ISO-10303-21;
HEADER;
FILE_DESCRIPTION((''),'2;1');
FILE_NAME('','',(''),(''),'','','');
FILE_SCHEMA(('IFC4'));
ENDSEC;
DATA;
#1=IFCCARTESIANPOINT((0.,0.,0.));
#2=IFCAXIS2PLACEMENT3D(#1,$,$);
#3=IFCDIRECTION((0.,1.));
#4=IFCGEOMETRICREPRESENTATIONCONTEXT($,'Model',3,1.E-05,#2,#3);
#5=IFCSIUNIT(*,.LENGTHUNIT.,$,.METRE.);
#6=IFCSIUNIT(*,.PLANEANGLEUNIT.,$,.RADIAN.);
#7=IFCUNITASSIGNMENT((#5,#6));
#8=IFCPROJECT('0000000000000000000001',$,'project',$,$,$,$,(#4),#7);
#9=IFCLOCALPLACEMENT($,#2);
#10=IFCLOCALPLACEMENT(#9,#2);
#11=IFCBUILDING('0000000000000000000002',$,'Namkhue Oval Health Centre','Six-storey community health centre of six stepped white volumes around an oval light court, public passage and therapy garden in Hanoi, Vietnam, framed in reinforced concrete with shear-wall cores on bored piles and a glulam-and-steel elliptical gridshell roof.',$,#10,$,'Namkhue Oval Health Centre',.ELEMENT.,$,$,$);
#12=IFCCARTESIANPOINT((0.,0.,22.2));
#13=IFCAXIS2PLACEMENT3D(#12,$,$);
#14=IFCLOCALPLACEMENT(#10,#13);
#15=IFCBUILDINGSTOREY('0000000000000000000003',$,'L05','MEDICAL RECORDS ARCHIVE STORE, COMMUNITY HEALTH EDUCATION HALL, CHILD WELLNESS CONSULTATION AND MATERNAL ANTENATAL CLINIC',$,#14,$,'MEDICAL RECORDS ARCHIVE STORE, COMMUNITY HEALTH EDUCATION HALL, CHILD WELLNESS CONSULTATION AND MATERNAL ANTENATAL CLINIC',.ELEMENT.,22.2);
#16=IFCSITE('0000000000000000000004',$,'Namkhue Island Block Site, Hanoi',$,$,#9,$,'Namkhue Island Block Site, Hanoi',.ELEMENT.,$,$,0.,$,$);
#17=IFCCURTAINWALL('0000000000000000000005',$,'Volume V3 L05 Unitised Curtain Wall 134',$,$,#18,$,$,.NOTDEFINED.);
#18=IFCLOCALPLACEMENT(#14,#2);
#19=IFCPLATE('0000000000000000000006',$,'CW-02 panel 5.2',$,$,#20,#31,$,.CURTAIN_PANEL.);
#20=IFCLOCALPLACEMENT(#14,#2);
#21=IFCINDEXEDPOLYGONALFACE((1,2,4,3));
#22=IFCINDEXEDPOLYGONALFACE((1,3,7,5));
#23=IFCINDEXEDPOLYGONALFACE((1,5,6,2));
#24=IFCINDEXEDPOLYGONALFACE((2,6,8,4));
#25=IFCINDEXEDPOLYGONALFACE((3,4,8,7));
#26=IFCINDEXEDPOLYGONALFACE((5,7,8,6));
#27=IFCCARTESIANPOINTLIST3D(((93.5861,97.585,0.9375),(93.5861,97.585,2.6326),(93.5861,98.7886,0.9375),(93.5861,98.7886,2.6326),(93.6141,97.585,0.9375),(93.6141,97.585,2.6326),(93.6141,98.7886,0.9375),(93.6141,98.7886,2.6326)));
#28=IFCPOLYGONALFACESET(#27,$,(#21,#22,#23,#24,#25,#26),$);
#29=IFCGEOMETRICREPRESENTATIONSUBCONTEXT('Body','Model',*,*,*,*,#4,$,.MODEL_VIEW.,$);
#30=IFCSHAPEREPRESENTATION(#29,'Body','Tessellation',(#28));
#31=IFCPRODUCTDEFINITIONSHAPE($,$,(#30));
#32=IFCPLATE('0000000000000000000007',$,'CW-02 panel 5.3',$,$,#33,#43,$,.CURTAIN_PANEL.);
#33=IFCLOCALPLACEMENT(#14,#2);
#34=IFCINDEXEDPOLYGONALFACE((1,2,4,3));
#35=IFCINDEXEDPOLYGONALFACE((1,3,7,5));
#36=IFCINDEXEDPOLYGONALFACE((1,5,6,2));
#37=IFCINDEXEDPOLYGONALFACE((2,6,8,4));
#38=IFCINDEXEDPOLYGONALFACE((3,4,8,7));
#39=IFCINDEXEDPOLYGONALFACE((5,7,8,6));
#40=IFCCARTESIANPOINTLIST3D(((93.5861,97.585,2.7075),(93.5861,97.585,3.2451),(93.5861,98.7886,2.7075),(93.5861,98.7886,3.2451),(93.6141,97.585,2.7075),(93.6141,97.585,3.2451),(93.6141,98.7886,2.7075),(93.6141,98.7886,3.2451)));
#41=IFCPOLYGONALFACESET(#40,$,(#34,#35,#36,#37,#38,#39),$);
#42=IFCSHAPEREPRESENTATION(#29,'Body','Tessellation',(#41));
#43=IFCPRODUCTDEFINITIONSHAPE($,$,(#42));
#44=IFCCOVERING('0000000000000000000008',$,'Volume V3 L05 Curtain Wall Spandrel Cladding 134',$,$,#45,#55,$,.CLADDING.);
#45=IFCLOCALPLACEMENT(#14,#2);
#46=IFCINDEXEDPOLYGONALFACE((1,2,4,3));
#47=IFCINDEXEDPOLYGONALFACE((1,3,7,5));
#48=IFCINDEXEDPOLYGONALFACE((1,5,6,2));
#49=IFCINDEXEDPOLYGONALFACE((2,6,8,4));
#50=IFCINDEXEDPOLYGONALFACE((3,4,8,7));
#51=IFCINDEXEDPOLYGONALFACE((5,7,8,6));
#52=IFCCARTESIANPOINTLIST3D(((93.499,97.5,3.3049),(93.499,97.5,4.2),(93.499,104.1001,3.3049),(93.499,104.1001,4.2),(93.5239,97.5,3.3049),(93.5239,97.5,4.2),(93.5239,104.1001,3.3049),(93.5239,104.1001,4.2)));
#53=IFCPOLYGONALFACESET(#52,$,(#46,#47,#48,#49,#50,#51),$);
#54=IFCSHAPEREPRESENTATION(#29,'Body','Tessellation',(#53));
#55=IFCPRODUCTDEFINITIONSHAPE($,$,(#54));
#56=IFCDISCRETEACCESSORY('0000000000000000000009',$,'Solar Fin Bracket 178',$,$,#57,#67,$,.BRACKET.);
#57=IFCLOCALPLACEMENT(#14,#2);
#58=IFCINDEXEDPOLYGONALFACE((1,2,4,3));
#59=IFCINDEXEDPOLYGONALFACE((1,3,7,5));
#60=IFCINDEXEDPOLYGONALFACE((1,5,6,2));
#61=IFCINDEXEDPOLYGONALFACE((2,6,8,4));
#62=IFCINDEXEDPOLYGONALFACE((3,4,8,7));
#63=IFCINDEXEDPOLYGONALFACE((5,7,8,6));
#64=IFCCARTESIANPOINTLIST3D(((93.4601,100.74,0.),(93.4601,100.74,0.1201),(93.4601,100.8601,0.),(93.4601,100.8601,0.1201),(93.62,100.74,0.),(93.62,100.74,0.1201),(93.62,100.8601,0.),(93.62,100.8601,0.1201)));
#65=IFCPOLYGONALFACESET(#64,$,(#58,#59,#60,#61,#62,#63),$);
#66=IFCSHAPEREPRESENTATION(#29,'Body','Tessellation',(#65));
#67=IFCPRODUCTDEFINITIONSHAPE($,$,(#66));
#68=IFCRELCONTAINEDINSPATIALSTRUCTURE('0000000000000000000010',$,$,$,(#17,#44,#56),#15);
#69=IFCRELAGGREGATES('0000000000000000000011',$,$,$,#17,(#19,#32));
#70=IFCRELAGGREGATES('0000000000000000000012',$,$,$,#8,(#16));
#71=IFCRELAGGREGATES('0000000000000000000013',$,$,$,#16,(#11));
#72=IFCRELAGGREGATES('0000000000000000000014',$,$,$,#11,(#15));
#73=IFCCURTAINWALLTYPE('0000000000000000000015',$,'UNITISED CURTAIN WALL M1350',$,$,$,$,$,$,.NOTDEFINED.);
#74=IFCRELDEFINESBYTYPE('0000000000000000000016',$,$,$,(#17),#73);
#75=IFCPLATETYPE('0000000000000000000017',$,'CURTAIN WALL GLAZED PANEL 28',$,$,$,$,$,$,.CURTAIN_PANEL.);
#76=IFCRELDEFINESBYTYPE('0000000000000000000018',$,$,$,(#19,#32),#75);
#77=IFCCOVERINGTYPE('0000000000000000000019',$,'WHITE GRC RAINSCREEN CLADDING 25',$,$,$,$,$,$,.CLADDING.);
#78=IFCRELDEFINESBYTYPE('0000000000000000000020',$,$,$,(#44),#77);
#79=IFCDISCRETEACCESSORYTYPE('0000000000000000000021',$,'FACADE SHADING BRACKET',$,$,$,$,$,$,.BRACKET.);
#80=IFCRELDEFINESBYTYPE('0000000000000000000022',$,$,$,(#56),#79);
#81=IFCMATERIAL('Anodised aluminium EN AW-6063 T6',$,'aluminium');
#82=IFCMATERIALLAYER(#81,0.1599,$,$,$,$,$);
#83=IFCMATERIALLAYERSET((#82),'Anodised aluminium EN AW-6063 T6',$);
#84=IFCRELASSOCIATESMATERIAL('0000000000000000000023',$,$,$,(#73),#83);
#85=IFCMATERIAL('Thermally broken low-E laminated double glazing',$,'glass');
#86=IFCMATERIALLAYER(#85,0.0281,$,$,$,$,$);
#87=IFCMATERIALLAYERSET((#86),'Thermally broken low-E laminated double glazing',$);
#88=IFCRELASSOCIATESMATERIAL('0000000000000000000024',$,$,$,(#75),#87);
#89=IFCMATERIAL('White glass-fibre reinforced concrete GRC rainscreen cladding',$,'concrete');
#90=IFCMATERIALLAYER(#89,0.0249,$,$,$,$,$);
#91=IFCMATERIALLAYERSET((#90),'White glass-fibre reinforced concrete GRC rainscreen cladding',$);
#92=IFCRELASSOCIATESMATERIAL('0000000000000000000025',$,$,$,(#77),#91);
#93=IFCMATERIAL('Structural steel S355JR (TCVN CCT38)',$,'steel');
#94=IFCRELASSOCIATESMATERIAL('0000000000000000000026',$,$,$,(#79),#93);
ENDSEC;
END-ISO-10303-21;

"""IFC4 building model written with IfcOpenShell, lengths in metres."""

from ifc_helpers import new_model, si_unit, direction, frame, origin, origin_2d, place, context, subcontext, project, spatial, rectangle, extrude, material, layer, layer_set, type_object, element, aggregate, save


model = new_model("IFC4")

# Units and contexts
model_context = context("Model", 3, precision=1e-05, world=origin(), true_north=direction((0.0, 1.0)))
body_context = subcontext(model_context, "Body", "Model", "MODEL_VIEW")
ifc_project = project(units=[si_unit("LENGTHUNIT", "METRE"), si_unit("PLANEANGLEUNIT", "RADIAN")], contexts=[model_context])

# Site, building, storey
site_placement = place(None, origin())
site = spatial("IfcSite", under=ifc_project, at=site_placement, Name="Namkhue Island Block Site, Hanoi", LongName="Namkhue Island Block Site, Hanoi", CompositionType="ELEMENT", RefElevation=0.0)
building_placement = place(site_placement, origin())
building = spatial("IfcBuilding", under=site, at=building_placement, Name="Namkhue Oval Health Centre", Description="Six-storey community health centre of six stepped white volumes around an oval light court, public passage and therapy garden in Hanoi, Vietnam, framed in reinforced concrete with shear-wall cores on bored piles and a glulam-and-steel elliptical gridshell roof.", LongName="Namkhue Oval Health Centre", CompositionType="ELEMENT")
storey_placement = place(building_placement, frame((0.0, 0.0, 22.2)))
storey = spatial("IfcBuildingStorey", under=building, at=storey_placement, Name="L05", Description="MEDICAL RECORDS ARCHIVE STORE, COMMUNITY HEALTH EDUCATION HALL, CHILD WELLNESS CONSULTATION AND MATERNAL ANTENATAL CLINIC", LongName="MEDICAL RECORDS ARCHIVE STORE, COMMUNITY HEALTH EDUCATION HALL, CHILD WELLNESS CONSULTATION AND MATERNAL ANTENATAL CLINIC", CompositionType="ELEMENT", Elevation=22.2)

# Curtain wall
ifc_material_1 = material(Name="Anodised aluminium EN AW-6063 T6", Category="aluminium")
ifc_layer_1 = layer(ifc_material_1, 0.1599)
ifc_layer_set_1 = layer_set([ifc_layer_1], Name="Anodised aluminium EN AW-6063 T6")
curtain_wall_type = type_object("IfcCurtainWallType", Name="UNITISED CURTAIN WALL M1350", PredefinedType="NOTDEFINED", material=ifc_layer_set_1)
curtain_wall_placement = place(storey_placement, origin())
curtain_wall = element("IfcCurtainWall", 1, at=curtain_wall_placement, inside=storey, type_object=curtain_wall_type, Name="Volume V3 L05 Unitised Curtain Wall 134", PredefinedType="NOTDEFINED")

# Plates
ifc_material_2 = material(Name="Thermally broken low-E laminated double glazing", Category="glass")
ifc_layer_2 = layer(ifc_material_2, 0.0281)
ifc_layer_set_2 = layer_set([ifc_layer_2], Name="Thermally broken low-E laminated double glazing")
plate_type = type_object("IfcPlateType", Name="CURTAIN WALL GLAZED PANEL 28", PredefinedType="CURTAIN_PANEL", material=ifc_layer_set_2)
plate_1_placement = place(storey_placement, frame((93.6001, 98.1868, 0.9375), z_axis=(0.0, 0.0, 1.0), x_axis=(0.0, -1.0, 0.0)))
plate_1 = element("IfcPlate", 2, at=plate_1_placement, type_object=plate_type, Name="CW-02 panel 5.2", PredefinedType="CURTAIN_PANEL", context=body_context, shape_type="SweptSolid", body=[
    extrude(rectangle(XDim=1.2036, YDim=0.0281, at=origin_2d()), origin(), (0.0, 0.0, 1.0), 1.6951),
])
plate_2_placement = place(storey_placement, frame((93.6001, 98.1868, 2.7075), z_axis=(0.0, 0.0, 1.0), x_axis=(0.0, -1.0, 0.0)))
plate_2 = element("IfcPlate", 3, at=plate_2_placement, type_object=plate_type, Name="CW-02 panel 5.3", PredefinedType="CURTAIN_PANEL", context=body_context, shape_type="SweptSolid", body=[
    extrude(rectangle(XDim=1.2036, YDim=0.0281, at=origin_2d()), origin(), (0.0, 0.0, 1.0), 0.5376),
])
aggregate(curtain_wall, [plate_1, plate_2])

# Covering
ifc_material_3 = material(Name="White glass-fibre reinforced concrete GRC rainscreen cladding", Category="concrete")
ifc_layer_3 = layer(ifc_material_3, 0.0249)
ifc_layer_set_3 = layer_set([ifc_layer_3], Name="White glass-fibre reinforced concrete GRC rainscreen cladding")
covering_type = type_object("IfcCoveringType", Name="WHITE GRC RAINSCREEN CLADDING 25", PredefinedType="CLADDING", material=ifc_layer_set_3)
covering_placement = place(storey_placement, frame((93.5115, 100.8, 3.3049), z_axis=(0.0, 0.0, 1.0), x_axis=(0.0, -1.0, 0.0)))
element("IfcCovering", 4, at=covering_placement, inside=storey, type_object=covering_type, Name="Volume V3 L05 Curtain Wall Spandrel Cladding 134", PredefinedType="CLADDING", context=body_context, shape_type="SweptSolid", body=[
    extrude(rectangle(XDim=6.6001, YDim=0.0249, at=origin_2d()), origin(), (0.0, 0.0, 1.0), 0.895),
])

# Discrete accessory
ifc_material_4 = material(Name="Structural steel S355JR (TCVN CCT38)", Category="steel")
discrete_accessory_type = type_object("IfcDiscreteAccessoryType", Name="FACADE SHADING BRACKET", PredefinedType="BRACKET", material=ifc_material_4)
discrete_accessory_placement = place(storey_placement, frame((93.54, 100.8, 0.0), z_axis=(0.0, 0.0, 1.0), x_axis=(-1.0, 0.0, 0.0)))
element("IfcDiscreteAccessory", 5, at=discrete_accessory_placement, inside=storey, type_object=discrete_accessory_type, Name="Solar Fin Bracket 178", PredefinedType="BRACKET", context=body_context, shape_type="SweptSolid", body=[
    extrude(rectangle(XDim=0.1599, YDim=0.1201, at=origin_2d()), origin(), (0.0, 0.0, 1.0), 0.1201),
])

save(model, "model.ifc")
